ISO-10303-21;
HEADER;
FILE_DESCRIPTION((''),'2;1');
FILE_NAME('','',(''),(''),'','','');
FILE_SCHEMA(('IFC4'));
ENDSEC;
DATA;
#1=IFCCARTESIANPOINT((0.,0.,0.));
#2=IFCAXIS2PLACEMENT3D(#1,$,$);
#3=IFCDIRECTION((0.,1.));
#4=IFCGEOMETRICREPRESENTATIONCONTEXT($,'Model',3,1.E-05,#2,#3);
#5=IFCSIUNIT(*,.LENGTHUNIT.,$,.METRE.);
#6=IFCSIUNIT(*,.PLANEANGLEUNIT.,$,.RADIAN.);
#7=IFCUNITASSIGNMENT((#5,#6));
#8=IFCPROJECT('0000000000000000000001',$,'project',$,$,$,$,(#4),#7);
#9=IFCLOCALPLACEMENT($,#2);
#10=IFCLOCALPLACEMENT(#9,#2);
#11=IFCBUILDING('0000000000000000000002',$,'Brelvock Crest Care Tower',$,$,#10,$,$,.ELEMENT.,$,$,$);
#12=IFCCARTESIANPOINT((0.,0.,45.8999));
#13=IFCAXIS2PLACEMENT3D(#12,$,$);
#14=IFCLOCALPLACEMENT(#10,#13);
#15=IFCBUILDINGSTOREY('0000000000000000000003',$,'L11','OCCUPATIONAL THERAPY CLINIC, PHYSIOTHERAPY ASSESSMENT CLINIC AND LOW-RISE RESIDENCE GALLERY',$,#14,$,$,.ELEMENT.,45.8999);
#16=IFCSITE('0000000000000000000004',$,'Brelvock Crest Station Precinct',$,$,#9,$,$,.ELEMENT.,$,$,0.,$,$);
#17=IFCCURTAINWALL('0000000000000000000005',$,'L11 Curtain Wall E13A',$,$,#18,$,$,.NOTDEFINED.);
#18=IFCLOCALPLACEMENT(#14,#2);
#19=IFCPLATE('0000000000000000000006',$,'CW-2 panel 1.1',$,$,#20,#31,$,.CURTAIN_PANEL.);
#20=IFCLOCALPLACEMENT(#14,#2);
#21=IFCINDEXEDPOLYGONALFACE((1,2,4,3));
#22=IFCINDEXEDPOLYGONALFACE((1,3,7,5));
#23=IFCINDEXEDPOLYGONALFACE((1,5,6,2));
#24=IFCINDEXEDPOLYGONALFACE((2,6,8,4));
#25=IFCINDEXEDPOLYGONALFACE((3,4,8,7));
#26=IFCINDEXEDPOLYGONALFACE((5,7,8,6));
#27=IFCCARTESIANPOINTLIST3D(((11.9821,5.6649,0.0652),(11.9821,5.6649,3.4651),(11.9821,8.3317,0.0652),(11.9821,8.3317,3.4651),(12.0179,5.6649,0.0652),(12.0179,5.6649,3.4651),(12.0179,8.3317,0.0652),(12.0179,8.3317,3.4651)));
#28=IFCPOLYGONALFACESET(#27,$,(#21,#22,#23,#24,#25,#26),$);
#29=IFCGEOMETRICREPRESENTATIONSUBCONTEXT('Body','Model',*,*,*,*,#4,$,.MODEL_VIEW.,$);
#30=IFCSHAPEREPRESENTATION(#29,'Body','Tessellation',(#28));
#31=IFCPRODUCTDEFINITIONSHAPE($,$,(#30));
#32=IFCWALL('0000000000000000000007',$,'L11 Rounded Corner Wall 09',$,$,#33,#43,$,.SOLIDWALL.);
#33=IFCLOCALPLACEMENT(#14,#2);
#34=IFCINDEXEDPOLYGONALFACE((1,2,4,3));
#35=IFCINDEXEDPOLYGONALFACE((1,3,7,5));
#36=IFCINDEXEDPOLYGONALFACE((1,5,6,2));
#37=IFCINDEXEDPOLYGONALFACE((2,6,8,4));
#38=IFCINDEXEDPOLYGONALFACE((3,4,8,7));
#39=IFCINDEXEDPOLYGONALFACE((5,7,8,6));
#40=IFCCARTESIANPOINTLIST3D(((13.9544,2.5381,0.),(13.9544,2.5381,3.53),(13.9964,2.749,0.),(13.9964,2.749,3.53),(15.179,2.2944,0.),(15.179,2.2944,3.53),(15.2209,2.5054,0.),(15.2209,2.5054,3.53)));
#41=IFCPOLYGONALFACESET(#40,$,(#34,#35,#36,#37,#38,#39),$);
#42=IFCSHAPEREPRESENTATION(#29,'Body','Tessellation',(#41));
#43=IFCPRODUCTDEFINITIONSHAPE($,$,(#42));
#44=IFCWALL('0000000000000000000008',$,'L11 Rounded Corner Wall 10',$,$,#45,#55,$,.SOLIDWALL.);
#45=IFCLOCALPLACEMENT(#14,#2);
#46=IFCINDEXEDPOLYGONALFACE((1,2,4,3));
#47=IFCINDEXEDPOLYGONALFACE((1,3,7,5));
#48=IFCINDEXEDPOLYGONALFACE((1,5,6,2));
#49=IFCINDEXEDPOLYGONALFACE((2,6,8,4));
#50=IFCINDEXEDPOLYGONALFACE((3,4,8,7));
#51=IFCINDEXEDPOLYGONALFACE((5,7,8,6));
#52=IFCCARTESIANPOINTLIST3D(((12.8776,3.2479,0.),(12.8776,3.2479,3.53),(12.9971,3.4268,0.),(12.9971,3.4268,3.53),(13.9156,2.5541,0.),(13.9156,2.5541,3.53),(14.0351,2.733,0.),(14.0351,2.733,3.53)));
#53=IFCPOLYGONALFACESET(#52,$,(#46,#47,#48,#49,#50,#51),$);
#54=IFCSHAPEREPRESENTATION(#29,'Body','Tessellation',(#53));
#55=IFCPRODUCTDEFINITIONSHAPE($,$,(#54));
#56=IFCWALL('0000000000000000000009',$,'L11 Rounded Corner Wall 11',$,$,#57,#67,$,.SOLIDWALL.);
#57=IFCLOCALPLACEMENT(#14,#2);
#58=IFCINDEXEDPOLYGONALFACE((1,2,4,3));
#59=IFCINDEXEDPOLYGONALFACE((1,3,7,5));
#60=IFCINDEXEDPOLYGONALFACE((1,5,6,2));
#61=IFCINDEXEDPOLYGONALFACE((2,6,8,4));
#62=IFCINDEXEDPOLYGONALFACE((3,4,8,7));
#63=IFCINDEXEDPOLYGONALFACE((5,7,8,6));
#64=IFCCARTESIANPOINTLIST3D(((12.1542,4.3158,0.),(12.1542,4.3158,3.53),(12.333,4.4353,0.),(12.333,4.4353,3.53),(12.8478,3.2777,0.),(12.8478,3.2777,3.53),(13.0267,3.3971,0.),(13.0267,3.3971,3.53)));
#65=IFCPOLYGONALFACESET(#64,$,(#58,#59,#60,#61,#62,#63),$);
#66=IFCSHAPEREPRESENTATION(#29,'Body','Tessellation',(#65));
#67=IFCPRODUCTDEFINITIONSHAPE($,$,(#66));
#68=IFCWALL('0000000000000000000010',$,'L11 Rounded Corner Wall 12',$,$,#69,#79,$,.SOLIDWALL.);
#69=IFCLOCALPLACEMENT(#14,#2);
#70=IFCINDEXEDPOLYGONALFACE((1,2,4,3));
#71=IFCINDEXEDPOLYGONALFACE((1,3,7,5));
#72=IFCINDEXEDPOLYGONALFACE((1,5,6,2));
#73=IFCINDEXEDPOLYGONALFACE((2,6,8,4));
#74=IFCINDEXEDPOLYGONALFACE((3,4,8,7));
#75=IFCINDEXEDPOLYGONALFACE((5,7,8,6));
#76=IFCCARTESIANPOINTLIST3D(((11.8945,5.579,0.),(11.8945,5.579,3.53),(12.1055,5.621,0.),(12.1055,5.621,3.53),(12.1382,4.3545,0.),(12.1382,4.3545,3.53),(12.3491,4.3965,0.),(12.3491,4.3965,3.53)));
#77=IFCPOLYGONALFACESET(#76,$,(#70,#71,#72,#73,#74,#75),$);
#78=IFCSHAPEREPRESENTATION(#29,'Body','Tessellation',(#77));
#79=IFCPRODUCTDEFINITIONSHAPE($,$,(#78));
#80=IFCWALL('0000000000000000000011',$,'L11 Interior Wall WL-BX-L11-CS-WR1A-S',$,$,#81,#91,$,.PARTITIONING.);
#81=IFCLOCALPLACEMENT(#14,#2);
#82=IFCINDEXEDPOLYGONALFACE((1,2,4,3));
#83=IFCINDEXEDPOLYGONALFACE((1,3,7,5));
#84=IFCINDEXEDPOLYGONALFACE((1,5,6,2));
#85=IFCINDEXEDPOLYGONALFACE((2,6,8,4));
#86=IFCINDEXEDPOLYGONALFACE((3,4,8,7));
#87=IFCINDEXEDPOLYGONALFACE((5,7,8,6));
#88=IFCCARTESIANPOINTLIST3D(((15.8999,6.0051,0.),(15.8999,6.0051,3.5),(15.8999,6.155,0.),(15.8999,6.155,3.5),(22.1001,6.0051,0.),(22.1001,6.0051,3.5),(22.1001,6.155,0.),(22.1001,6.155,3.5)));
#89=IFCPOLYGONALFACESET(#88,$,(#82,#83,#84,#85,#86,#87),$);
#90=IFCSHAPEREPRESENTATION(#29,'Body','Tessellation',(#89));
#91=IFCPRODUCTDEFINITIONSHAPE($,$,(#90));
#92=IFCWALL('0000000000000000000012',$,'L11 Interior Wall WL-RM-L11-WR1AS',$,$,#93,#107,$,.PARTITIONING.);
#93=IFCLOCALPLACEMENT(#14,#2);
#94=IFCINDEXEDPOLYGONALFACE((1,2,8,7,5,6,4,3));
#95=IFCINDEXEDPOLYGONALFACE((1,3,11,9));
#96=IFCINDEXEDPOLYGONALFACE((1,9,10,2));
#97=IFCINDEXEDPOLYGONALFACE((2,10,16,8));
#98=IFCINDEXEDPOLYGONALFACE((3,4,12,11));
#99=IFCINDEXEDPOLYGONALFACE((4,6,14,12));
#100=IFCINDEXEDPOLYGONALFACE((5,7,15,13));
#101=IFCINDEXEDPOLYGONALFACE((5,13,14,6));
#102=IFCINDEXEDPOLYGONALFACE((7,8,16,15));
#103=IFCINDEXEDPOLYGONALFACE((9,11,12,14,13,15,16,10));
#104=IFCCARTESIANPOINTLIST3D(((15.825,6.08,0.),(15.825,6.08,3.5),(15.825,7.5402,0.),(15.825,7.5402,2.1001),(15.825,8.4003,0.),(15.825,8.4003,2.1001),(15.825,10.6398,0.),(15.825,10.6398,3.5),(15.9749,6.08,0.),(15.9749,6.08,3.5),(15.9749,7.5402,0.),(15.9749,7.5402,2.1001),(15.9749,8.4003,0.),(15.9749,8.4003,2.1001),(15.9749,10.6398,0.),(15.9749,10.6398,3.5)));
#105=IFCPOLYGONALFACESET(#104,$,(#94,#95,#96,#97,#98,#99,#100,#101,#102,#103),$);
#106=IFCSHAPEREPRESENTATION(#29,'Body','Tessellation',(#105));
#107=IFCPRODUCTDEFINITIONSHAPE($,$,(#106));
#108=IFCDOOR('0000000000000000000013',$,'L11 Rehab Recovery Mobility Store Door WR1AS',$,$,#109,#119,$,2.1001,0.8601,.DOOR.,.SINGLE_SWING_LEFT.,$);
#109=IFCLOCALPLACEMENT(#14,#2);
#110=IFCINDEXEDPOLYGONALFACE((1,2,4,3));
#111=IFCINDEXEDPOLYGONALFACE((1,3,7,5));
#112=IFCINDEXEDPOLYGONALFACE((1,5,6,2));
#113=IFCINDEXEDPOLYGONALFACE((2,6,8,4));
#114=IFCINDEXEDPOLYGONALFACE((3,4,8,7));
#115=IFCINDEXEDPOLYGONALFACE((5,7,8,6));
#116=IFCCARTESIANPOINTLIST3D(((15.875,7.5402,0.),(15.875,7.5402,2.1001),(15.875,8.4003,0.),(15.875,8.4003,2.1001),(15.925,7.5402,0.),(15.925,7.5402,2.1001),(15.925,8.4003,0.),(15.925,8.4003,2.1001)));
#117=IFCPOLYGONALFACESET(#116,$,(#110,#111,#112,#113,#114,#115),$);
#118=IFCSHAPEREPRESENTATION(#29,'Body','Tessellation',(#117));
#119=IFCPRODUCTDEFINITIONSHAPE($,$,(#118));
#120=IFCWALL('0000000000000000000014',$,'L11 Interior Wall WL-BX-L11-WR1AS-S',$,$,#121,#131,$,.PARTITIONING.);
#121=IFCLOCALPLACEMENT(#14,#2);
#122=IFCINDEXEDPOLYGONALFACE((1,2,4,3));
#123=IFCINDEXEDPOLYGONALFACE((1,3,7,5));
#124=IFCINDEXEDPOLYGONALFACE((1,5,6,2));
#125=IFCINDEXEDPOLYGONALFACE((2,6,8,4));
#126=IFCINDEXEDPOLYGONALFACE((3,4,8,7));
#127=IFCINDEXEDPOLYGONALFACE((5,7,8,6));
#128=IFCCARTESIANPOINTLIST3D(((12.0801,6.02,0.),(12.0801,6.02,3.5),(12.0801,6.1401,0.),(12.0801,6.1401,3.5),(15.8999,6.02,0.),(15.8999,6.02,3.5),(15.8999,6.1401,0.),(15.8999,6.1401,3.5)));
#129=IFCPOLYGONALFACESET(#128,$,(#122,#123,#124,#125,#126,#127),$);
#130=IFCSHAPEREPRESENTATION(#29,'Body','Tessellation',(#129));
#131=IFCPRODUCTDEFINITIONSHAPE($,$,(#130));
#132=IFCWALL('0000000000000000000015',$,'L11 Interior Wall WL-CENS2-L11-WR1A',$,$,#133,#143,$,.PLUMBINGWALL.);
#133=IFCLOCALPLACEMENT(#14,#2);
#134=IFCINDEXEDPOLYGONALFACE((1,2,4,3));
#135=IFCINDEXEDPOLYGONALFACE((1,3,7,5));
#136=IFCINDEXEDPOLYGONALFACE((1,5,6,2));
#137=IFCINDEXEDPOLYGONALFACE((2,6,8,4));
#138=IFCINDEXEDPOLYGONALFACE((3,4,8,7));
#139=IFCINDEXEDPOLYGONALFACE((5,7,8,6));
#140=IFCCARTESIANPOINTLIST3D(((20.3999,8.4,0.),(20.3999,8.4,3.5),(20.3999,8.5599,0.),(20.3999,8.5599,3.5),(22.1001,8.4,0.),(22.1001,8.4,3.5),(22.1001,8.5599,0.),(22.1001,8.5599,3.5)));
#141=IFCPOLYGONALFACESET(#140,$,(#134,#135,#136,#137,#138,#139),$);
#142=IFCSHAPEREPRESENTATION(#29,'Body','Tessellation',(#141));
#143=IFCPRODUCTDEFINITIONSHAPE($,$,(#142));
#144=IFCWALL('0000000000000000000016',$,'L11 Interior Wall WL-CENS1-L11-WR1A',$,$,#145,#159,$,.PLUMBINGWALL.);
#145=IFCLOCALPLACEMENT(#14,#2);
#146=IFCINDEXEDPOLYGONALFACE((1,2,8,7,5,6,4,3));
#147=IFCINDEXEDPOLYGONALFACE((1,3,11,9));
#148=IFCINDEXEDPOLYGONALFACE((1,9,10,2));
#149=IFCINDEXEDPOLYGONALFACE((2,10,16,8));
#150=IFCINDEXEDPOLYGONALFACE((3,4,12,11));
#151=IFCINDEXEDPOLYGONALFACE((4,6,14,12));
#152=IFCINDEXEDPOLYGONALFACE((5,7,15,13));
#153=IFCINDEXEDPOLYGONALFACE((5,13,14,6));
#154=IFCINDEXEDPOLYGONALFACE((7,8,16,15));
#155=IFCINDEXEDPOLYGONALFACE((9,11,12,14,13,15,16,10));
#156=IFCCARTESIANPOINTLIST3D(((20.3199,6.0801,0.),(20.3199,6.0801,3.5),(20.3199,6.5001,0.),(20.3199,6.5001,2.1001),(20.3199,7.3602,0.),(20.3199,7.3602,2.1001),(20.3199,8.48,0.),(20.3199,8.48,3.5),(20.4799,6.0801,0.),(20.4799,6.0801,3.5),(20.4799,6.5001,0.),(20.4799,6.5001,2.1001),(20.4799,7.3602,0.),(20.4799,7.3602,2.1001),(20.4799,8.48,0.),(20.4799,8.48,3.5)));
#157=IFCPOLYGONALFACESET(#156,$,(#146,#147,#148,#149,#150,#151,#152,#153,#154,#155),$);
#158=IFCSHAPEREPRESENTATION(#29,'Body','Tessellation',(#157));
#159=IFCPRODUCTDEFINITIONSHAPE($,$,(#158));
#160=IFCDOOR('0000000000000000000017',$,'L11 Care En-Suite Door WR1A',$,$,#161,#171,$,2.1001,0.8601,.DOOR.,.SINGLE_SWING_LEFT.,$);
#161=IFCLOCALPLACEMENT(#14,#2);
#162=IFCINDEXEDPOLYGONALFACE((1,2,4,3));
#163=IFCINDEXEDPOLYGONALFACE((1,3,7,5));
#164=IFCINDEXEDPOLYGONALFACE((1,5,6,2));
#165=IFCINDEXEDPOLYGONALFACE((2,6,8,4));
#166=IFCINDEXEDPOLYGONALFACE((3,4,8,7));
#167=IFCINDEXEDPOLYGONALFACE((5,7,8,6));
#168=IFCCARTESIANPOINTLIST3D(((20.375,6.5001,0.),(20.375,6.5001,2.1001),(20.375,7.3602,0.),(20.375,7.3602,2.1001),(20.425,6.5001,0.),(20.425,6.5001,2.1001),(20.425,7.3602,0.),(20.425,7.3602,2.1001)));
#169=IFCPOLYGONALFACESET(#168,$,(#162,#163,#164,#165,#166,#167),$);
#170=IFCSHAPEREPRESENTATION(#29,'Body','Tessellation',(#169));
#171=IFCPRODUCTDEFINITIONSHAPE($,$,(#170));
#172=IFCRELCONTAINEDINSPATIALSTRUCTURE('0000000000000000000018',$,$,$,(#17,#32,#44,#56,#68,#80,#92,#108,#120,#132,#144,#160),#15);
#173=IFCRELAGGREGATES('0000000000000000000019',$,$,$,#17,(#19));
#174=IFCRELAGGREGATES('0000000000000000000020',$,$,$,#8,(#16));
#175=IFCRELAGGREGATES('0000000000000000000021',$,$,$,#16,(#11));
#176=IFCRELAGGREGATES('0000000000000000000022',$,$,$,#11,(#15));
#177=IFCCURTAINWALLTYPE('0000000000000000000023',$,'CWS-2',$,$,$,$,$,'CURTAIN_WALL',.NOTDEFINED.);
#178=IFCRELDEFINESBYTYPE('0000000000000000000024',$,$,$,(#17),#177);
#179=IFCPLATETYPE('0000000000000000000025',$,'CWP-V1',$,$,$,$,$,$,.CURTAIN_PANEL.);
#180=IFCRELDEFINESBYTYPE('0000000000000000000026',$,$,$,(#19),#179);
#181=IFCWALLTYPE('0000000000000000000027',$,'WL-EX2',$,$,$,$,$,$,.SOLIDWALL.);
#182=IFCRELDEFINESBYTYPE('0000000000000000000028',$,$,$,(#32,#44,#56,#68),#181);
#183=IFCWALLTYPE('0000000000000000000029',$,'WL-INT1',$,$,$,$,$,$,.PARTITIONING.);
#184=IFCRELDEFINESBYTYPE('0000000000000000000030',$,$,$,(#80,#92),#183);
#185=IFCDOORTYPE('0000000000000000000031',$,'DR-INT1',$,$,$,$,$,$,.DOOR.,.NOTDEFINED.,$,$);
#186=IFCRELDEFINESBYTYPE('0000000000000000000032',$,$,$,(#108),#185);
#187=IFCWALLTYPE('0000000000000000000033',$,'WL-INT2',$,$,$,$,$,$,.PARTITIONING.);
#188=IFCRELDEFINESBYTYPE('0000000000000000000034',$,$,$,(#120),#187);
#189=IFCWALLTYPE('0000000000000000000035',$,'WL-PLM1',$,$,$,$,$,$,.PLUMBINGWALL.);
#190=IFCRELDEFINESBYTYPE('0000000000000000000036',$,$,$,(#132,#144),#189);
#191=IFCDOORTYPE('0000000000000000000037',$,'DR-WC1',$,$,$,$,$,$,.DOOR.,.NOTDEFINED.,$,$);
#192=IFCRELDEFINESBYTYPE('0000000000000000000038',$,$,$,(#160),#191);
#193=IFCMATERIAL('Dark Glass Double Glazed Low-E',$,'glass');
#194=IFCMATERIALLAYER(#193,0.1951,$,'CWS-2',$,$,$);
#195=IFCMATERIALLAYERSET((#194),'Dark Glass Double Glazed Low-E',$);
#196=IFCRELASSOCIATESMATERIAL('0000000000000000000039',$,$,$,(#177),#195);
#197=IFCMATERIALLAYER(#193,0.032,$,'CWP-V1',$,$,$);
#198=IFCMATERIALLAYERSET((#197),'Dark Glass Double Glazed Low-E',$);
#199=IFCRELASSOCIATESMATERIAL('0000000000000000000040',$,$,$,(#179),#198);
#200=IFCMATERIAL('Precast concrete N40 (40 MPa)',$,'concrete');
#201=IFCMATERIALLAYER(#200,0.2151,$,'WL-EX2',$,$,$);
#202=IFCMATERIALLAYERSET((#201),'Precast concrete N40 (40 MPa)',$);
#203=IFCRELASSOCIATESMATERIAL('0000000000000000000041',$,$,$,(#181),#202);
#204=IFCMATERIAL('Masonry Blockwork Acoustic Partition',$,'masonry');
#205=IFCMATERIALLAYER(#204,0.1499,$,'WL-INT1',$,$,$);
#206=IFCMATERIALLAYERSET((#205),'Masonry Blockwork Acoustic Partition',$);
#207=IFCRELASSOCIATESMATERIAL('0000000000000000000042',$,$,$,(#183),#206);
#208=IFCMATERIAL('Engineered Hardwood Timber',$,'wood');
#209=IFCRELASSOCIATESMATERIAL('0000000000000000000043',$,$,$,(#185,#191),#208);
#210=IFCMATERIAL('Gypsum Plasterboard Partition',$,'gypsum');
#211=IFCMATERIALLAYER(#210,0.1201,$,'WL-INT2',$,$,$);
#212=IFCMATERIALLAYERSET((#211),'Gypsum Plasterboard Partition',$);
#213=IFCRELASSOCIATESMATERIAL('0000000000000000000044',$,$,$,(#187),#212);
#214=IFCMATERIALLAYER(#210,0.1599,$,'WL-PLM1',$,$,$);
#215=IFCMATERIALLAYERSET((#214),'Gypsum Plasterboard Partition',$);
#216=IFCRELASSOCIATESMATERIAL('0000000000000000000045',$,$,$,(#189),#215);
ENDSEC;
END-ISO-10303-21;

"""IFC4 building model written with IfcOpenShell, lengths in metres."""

from ifc_helpers import new_model, si_unit, direction, frame, frame_2d, origin, origin_2d, place, context, subcontext, project, spatial, rectangle, extrude, source, transform, mapped, material, layer, layer_set, type_object, element, fill, aggregate, save


model = new_model("IFC4")

# Units and contexts
model_context = context("Model", 3, precision=1e-05, world=origin(), true_north=direction((0.0, 1.0)))
body_context = subcontext(model_context, "Body", "Model", "MODEL_VIEW")
ifc_project = project(units=[si_unit("LENGTHUNIT", "METRE"), si_unit("PLANEANGLEUNIT", "RADIAN")], contexts=[model_context])

# Site, building, storey
site_placement = place(None, origin())
site = spatial("IfcSite", under=ifc_project, at=site_placement, Name="Brelvock Crest Station Precinct", CompositionType="ELEMENT", RefElevation=0.0)
building_placement = place(site_placement, origin())
building = spatial("IfcBuilding", under=site, at=building_placement, Name="Brelvock Crest Care Tower", CompositionType="ELEMENT")
storey_placement = place(building_placement, frame((0.0, 0.0, 45.8999)))
storey = spatial("IfcBuildingStorey", under=building, at=storey_placement, Name="L11", Description="OCCUPATIONAL THERAPY CLINIC, PHYSIOTHERAPY ASSESSMENT CLINIC AND LOW-RISE RESIDENCE GALLERY", CompositionType="ELEMENT", Elevation=45.8999)

# Curtain wall
ifc_material_1 = material(Name="Dark Glass Double Glazed Low-E", Category="glass")
ifc_layer_1 = layer(ifc_material_1, 0.1951, Name="CWS-2")
ifc_layer_set_1 = layer_set([ifc_layer_1], Name="Dark Glass Double Glazed Low-E")
curtain_wall_type = type_object("IfcCurtainWallType", Name="CWS-2", ElementType="CURTAIN_WALL", PredefinedType="NOTDEFINED", material=ifc_layer_set_1)
curtain_wall_1_placement = place(storey_placement, origin())
curtain_wall_1 = element("IfcCurtainWall", 1, at=curtain_wall_1_placement, inside=storey, type_object=curtain_wall_type, Name="L11 Curtain Wall E13A", PredefinedType="NOTDEFINED")

# Plate
ifc_layer_2 = layer(ifc_material_1, 0.032, Name="CWP-V1")
ifc_layer_set_2 = layer_set([ifc_layer_2], Name="Dark Glass Double Glazed Low-E")
plate_type = type_object("IfcPlateType", Name="CWP-V1", PredefinedType="CURTAIN_PANEL", material=ifc_layer_set_2)
shared_shape_1 = source(origin(), body_context, "Body", "SweptSolid", [
    extrude(rectangle(XDim=2.6667, YDim=0.0359, at=origin_2d()), origin(), (0.0, 0.0, 1.0), 3.3999),
])
plate_1_placement = place(storey_placement, frame((12.0, 6.9983, 0.0652), z_axis=(0.0, 0.0, 1.0), x_axis=(0.0, 1.0, 0.0)))
plate_1 = element("IfcPlate", 2, at=plate_1_placement, type_object=plate_type, Name="CW-2 panel 1.1", PredefinedType="CURTAIN_PANEL", context=body_context, shape_type="MappedRepresentation", body=[
    mapped(shared_shape_1, transform((0.0, 0.0, 0.0), x_axis=(1.0, 0.0, 0.0), y_axis=(0.0, 1.0, 0.0), z_axis=(0.0, 0.0, 1.0), scale=1.0)),
])
aggregate(curtain_wall_1, [plate_1])

# Walls
ifc_material_2 = material(Name="Precast concrete N40 (40 MPa)", Category="concrete")
ifc_layer_3 = layer(ifc_material_2, 0.2151, Name="WL-EX2")
ifc_layer_set_3 = layer_set([ifc_layer_3], Name="Precast concrete N40 (40 MPa)")
wall_type_1 = type_object("IfcWallType", Name="WL-EX2", PredefinedType="SOLIDWALL", material=ifc_layer_set_3)
for number, where, z_axis, x_axis, name in (
    (3, (15.2, 2.3999, 0.0), (0.0, 0.0, 1.0), (-0.980776, 0.195138, 0.0), "L11 Rounded Corner Wall 09"),
    (4, (13.9753, 2.6436, 0.0), (0.0, 0.0, 1.0), (-0.831388, 0.555692, 0.0), "L11 Rounded Corner Wall 10"),
    (5, (12.9373, 3.3374, 0.0), (0.0, 0.0, 1.0), (-0.555557, 0.831478, 0.0), "L11 Rounded Corner Wall 11"),
    (6, (12.2437, 4.3755, 0.0), (0.0, 0.0, 1.0), (-0.195138, 0.980776, 0.0), "L11 Rounded Corner Wall 12"),
):
    element("IfcWall", number, at=place(storey_placement, frame(where, z_axis=z_axis, x_axis=x_axis)), inside=storey, type_object=wall_type_1, Name=name, PredefinedType="SOLIDWALL", context=body_context, shape_type="SweptSolid", body=[
        extrude(rectangle(XDim=1.2485, YDim=0.2151, at=frame_2d((0.6243, 0.0))), origin(), (0.0, 0.0, 1.0), 3.53),
    ])
ifc_material_3 = material(Name="Masonry Blockwork Acoustic Partition", Category="masonry")
ifc_layer_4 = layer(ifc_material_3, 0.1499, Name="WL-INT1")
ifc_layer_set_4 = layer_set([ifc_layer_4], Name="Masonry Blockwork Acoustic Partition")
wall_type_2 = type_object("IfcWallType", Name="WL-INT1", PredefinedType="PARTITIONING", material=ifc_layer_set_4)
wall_1_placement = place(storey_placement, frame((15.8999, 6.0801, 0.0), z_axis=(0.0, 0.0, 1.0), x_axis=(1.0, 0.0, 0.0)))
element("IfcWall", 7, at=wall_1_placement, inside=storey, type_object=wall_type_2, Name="L11 Interior Wall WL-BX-L11-CS-WR1A-S", PredefinedType="PARTITIONING", context=body_context, shape_type="SweptSolid", body=[
    extrude(rectangle(XDim=6.2002, YDim=0.1499, at=frame_2d((3.1001, 0.0))), origin(), (0.0, 0.0, 1.0), 3.5),
])

# Wall, opening, door
wall_2_placement = place(storey_placement, frame((15.8999, 6.0801, 0.0), z_axis=(0.0, 0.0, 1.0), x_axis=(0.0, 1.0, 0.0)))
wall_2 = element("IfcWall", 8, at=wall_2_placement, inside=storey, type_object=wall_type_2, Name="L11 Interior Wall WL-RM-L11-WR1AS", PredefinedType="PARTITIONING", context=body_context, shape_type="SweptSolid", body=[
    extrude(rectangle(XDim=4.5598, YDim=0.1499, at=frame_2d((2.2798, 0.0))), origin(), (0.0, 0.0, 1.0), 3.5),
])
opening_1_placement = place(wall_2_placement, frame((1.46, 0.0, 0.0)))
opening_1 = element("IfcOpeningElement", 9, at=opening_1_placement, cuts=wall_2, PredefinedType="OPENING", context=body_context, shape_type="SweptSolid", body=[
    extrude(rectangle(XDim=0.8601, YDim=2.1001, at=origin_2d()), frame((0.4302, 0.085, 1.05), z_axis=(0.0, -1.0, 0.0), x_axis=(1.0, 0.0, 0.0)), (0.0, 0.0, 1.0), 0.1699),
])
ifc_material_4 = material(Name="Engineered Hardwood Timber", Category="wood")
door_type_1 = type_object("IfcDoorType", Name="DR-INT1", OperationType="NOTDEFINED", PredefinedType="DOOR", material=ifc_material_4)
shared_shape_2 = source(origin(), body_context, "Body", "SweptSolid", [
    extrude(rectangle(XDim=0.8601, YDim=2.1001, at=origin_2d()), frame((0.4302, 0.0249, 1.05), z_axis=(0.0, -1.0, 0.0), x_axis=(1.0, 0.0, 0.0)), (0.0, 0.0, 1.0), 0.05),
])
door_1_placement = place(opening_1_placement, origin())
door_1 = element("IfcDoor", 10, at=door_1_placement, inside=storey, type_object=door_type_1, Name="L11 Rehab Recovery Mobility Store Door WR1AS", OperationType="SINGLE_SWING_LEFT", OverallHeight=2.1001, OverallWidth=0.8601, PredefinedType="DOOR", context=body_context, shape_type="MappedRepresentation", body=[
    mapped(shared_shape_2, transform((0.0, 0.0, 0.0), x_axis=(1.0, 0.0, 0.0), y_axis=(0.0, 1.0, 0.0), z_axis=(0.0, 0.0, 1.0), scale=1.0)),
])
fill(opening_1, door_1)

# Walls
ifc_material_5 = material(Name="Gypsum Plasterboard Partition", Category="gypsum")
ifc_layer_5 = layer(ifc_material_5, 0.1201, Name="WL-INT2")
ifc_layer_set_5 = layer_set([ifc_layer_5], Name="Gypsum Plasterboard Partition")
wall_type_3 = type_object("IfcWallType", Name="WL-INT2", PredefinedType="PARTITIONING", material=ifc_layer_set_5)
wall_3_placement = place(storey_placement, frame((12.0801, 6.0801, 0.0), z_axis=(0.0, 0.0, 1.0), x_axis=(1.0, 0.0, 0.0)))
element("IfcWall", 11, at=wall_3_placement, inside=storey, type_object=wall_type_3, Name="L11 Interior Wall WL-BX-L11-WR1AS-S", PredefinedType="PARTITIONING", context=body_context, shape_type="SweptSolid", body=[
    extrude(rectangle(XDim=3.8198, YDim=0.1201, at=frame_2d((1.9099, 0.0))), origin(), (0.0, 0.0, 1.0), 3.5),
])
ifc_layer_6 = layer(ifc_material_5, 0.1599, Name="WL-PLM1")
ifc_layer_set_6 = layer_set([ifc_layer_6], Name="Gypsum Plasterboard Partition")
wall_type_4 = type_object("IfcWallType", Name="WL-PLM1", PredefinedType="PLUMBINGWALL", material=ifc_layer_set_6)
wall_4_placement = place(storey_placement, frame((20.3999, 8.48, 0.0), z_axis=(0.0, 0.0, 1.0), x_axis=(1.0, 0.0, 0.0)))
element("IfcWall", 12, at=wall_4_placement, inside=storey, type_object=wall_type_4, Name="L11 Interior Wall WL-CENS2-L11-WR1A", PredefinedType="PLUMBINGWALL", context=body_context, shape_type="SweptSolid", body=[
    extrude(rectangle(XDim=1.7002, YDim=0.1599, at=frame_2d((0.8501, 0.0))), origin(), (0.0, 0.0, 1.0), 3.5),
])

# Wall, opening, door
wall_5_placement = place(storey_placement, frame((20.3999, 6.0801, 0.0), z_axis=(0.0, 0.0, 1.0), x_axis=(0.0, 1.0, 0.0)))
wall_5 = element("IfcWall", 13, at=wall_5_placement, inside=storey, type_object=wall_type_4, Name="L11 Interior Wall WL-CENS1-L11-WR1A", PredefinedType="PLUMBINGWALL", context=body_context, shape_type="SweptSolid", body=[
    extrude(rectangle(XDim=2.3999, YDim=0.1599, at=frame_2d((1.2, 0.0))), origin(), (0.0, 0.0, 1.0), 3.5),
])
opening_2_placement = place(wall_5_placement, frame((0.4199, 0.0, 0.0)))
opening_2 = element("IfcOpeningElement", 14, at=opening_2_placement, cuts=wall_5, PredefinedType="OPENING", context=body_context, shape_type="SweptSolid", body=[
    extrude(rectangle(XDim=0.8601, YDim=2.1001, at=origin_2d()), frame((0.4302, 0.0898, 1.05), z_axis=(0.0, -1.0, 0.0), x_axis=(1.0, 0.0, 0.0)), (0.0, 0.0, 1.0), 0.1799),
])
door_type_2 = type_object("IfcDoorType", Name="DR-WC1", OperationType="NOTDEFINED", PredefinedType="DOOR", material=ifc_material_4)
shared_shape_3 = source(origin(), body_context, "Body", "SweptSolid", [
    extrude(rectangle(XDim=0.8601, YDim=2.1001, at=origin_2d()), frame((0.4302, 0.0249, 1.05), z_axis=(0.0, -1.0, 0.0), x_axis=(1.0, 0.0, 0.0)), (0.0, 0.0, 1.0), 0.05),
])
door_2_placement = place(opening_2_placement, origin())
door_2 = element("IfcDoor", 15, at=door_2_placement, inside=storey, type_object=door_type_2, Name="L11 Care En-Suite Door WR1A", OperationType="SINGLE_SWING_LEFT", OverallHeight=2.1001, OverallWidth=0.8601, PredefinedType="DOOR", context=body_context, shape_type="MappedRepresentation", body=[
    mapped(shared_shape_3, transform((0.0, 0.0, 0.0), x_axis=(1.0, 0.0, 0.0), y_axis=(0.0, 1.0, 0.0), z_axis=(0.0, 0.0, 1.0), scale=1.0)),
])
fill(opening_2, door_2)

save(model, "model.ifc")
